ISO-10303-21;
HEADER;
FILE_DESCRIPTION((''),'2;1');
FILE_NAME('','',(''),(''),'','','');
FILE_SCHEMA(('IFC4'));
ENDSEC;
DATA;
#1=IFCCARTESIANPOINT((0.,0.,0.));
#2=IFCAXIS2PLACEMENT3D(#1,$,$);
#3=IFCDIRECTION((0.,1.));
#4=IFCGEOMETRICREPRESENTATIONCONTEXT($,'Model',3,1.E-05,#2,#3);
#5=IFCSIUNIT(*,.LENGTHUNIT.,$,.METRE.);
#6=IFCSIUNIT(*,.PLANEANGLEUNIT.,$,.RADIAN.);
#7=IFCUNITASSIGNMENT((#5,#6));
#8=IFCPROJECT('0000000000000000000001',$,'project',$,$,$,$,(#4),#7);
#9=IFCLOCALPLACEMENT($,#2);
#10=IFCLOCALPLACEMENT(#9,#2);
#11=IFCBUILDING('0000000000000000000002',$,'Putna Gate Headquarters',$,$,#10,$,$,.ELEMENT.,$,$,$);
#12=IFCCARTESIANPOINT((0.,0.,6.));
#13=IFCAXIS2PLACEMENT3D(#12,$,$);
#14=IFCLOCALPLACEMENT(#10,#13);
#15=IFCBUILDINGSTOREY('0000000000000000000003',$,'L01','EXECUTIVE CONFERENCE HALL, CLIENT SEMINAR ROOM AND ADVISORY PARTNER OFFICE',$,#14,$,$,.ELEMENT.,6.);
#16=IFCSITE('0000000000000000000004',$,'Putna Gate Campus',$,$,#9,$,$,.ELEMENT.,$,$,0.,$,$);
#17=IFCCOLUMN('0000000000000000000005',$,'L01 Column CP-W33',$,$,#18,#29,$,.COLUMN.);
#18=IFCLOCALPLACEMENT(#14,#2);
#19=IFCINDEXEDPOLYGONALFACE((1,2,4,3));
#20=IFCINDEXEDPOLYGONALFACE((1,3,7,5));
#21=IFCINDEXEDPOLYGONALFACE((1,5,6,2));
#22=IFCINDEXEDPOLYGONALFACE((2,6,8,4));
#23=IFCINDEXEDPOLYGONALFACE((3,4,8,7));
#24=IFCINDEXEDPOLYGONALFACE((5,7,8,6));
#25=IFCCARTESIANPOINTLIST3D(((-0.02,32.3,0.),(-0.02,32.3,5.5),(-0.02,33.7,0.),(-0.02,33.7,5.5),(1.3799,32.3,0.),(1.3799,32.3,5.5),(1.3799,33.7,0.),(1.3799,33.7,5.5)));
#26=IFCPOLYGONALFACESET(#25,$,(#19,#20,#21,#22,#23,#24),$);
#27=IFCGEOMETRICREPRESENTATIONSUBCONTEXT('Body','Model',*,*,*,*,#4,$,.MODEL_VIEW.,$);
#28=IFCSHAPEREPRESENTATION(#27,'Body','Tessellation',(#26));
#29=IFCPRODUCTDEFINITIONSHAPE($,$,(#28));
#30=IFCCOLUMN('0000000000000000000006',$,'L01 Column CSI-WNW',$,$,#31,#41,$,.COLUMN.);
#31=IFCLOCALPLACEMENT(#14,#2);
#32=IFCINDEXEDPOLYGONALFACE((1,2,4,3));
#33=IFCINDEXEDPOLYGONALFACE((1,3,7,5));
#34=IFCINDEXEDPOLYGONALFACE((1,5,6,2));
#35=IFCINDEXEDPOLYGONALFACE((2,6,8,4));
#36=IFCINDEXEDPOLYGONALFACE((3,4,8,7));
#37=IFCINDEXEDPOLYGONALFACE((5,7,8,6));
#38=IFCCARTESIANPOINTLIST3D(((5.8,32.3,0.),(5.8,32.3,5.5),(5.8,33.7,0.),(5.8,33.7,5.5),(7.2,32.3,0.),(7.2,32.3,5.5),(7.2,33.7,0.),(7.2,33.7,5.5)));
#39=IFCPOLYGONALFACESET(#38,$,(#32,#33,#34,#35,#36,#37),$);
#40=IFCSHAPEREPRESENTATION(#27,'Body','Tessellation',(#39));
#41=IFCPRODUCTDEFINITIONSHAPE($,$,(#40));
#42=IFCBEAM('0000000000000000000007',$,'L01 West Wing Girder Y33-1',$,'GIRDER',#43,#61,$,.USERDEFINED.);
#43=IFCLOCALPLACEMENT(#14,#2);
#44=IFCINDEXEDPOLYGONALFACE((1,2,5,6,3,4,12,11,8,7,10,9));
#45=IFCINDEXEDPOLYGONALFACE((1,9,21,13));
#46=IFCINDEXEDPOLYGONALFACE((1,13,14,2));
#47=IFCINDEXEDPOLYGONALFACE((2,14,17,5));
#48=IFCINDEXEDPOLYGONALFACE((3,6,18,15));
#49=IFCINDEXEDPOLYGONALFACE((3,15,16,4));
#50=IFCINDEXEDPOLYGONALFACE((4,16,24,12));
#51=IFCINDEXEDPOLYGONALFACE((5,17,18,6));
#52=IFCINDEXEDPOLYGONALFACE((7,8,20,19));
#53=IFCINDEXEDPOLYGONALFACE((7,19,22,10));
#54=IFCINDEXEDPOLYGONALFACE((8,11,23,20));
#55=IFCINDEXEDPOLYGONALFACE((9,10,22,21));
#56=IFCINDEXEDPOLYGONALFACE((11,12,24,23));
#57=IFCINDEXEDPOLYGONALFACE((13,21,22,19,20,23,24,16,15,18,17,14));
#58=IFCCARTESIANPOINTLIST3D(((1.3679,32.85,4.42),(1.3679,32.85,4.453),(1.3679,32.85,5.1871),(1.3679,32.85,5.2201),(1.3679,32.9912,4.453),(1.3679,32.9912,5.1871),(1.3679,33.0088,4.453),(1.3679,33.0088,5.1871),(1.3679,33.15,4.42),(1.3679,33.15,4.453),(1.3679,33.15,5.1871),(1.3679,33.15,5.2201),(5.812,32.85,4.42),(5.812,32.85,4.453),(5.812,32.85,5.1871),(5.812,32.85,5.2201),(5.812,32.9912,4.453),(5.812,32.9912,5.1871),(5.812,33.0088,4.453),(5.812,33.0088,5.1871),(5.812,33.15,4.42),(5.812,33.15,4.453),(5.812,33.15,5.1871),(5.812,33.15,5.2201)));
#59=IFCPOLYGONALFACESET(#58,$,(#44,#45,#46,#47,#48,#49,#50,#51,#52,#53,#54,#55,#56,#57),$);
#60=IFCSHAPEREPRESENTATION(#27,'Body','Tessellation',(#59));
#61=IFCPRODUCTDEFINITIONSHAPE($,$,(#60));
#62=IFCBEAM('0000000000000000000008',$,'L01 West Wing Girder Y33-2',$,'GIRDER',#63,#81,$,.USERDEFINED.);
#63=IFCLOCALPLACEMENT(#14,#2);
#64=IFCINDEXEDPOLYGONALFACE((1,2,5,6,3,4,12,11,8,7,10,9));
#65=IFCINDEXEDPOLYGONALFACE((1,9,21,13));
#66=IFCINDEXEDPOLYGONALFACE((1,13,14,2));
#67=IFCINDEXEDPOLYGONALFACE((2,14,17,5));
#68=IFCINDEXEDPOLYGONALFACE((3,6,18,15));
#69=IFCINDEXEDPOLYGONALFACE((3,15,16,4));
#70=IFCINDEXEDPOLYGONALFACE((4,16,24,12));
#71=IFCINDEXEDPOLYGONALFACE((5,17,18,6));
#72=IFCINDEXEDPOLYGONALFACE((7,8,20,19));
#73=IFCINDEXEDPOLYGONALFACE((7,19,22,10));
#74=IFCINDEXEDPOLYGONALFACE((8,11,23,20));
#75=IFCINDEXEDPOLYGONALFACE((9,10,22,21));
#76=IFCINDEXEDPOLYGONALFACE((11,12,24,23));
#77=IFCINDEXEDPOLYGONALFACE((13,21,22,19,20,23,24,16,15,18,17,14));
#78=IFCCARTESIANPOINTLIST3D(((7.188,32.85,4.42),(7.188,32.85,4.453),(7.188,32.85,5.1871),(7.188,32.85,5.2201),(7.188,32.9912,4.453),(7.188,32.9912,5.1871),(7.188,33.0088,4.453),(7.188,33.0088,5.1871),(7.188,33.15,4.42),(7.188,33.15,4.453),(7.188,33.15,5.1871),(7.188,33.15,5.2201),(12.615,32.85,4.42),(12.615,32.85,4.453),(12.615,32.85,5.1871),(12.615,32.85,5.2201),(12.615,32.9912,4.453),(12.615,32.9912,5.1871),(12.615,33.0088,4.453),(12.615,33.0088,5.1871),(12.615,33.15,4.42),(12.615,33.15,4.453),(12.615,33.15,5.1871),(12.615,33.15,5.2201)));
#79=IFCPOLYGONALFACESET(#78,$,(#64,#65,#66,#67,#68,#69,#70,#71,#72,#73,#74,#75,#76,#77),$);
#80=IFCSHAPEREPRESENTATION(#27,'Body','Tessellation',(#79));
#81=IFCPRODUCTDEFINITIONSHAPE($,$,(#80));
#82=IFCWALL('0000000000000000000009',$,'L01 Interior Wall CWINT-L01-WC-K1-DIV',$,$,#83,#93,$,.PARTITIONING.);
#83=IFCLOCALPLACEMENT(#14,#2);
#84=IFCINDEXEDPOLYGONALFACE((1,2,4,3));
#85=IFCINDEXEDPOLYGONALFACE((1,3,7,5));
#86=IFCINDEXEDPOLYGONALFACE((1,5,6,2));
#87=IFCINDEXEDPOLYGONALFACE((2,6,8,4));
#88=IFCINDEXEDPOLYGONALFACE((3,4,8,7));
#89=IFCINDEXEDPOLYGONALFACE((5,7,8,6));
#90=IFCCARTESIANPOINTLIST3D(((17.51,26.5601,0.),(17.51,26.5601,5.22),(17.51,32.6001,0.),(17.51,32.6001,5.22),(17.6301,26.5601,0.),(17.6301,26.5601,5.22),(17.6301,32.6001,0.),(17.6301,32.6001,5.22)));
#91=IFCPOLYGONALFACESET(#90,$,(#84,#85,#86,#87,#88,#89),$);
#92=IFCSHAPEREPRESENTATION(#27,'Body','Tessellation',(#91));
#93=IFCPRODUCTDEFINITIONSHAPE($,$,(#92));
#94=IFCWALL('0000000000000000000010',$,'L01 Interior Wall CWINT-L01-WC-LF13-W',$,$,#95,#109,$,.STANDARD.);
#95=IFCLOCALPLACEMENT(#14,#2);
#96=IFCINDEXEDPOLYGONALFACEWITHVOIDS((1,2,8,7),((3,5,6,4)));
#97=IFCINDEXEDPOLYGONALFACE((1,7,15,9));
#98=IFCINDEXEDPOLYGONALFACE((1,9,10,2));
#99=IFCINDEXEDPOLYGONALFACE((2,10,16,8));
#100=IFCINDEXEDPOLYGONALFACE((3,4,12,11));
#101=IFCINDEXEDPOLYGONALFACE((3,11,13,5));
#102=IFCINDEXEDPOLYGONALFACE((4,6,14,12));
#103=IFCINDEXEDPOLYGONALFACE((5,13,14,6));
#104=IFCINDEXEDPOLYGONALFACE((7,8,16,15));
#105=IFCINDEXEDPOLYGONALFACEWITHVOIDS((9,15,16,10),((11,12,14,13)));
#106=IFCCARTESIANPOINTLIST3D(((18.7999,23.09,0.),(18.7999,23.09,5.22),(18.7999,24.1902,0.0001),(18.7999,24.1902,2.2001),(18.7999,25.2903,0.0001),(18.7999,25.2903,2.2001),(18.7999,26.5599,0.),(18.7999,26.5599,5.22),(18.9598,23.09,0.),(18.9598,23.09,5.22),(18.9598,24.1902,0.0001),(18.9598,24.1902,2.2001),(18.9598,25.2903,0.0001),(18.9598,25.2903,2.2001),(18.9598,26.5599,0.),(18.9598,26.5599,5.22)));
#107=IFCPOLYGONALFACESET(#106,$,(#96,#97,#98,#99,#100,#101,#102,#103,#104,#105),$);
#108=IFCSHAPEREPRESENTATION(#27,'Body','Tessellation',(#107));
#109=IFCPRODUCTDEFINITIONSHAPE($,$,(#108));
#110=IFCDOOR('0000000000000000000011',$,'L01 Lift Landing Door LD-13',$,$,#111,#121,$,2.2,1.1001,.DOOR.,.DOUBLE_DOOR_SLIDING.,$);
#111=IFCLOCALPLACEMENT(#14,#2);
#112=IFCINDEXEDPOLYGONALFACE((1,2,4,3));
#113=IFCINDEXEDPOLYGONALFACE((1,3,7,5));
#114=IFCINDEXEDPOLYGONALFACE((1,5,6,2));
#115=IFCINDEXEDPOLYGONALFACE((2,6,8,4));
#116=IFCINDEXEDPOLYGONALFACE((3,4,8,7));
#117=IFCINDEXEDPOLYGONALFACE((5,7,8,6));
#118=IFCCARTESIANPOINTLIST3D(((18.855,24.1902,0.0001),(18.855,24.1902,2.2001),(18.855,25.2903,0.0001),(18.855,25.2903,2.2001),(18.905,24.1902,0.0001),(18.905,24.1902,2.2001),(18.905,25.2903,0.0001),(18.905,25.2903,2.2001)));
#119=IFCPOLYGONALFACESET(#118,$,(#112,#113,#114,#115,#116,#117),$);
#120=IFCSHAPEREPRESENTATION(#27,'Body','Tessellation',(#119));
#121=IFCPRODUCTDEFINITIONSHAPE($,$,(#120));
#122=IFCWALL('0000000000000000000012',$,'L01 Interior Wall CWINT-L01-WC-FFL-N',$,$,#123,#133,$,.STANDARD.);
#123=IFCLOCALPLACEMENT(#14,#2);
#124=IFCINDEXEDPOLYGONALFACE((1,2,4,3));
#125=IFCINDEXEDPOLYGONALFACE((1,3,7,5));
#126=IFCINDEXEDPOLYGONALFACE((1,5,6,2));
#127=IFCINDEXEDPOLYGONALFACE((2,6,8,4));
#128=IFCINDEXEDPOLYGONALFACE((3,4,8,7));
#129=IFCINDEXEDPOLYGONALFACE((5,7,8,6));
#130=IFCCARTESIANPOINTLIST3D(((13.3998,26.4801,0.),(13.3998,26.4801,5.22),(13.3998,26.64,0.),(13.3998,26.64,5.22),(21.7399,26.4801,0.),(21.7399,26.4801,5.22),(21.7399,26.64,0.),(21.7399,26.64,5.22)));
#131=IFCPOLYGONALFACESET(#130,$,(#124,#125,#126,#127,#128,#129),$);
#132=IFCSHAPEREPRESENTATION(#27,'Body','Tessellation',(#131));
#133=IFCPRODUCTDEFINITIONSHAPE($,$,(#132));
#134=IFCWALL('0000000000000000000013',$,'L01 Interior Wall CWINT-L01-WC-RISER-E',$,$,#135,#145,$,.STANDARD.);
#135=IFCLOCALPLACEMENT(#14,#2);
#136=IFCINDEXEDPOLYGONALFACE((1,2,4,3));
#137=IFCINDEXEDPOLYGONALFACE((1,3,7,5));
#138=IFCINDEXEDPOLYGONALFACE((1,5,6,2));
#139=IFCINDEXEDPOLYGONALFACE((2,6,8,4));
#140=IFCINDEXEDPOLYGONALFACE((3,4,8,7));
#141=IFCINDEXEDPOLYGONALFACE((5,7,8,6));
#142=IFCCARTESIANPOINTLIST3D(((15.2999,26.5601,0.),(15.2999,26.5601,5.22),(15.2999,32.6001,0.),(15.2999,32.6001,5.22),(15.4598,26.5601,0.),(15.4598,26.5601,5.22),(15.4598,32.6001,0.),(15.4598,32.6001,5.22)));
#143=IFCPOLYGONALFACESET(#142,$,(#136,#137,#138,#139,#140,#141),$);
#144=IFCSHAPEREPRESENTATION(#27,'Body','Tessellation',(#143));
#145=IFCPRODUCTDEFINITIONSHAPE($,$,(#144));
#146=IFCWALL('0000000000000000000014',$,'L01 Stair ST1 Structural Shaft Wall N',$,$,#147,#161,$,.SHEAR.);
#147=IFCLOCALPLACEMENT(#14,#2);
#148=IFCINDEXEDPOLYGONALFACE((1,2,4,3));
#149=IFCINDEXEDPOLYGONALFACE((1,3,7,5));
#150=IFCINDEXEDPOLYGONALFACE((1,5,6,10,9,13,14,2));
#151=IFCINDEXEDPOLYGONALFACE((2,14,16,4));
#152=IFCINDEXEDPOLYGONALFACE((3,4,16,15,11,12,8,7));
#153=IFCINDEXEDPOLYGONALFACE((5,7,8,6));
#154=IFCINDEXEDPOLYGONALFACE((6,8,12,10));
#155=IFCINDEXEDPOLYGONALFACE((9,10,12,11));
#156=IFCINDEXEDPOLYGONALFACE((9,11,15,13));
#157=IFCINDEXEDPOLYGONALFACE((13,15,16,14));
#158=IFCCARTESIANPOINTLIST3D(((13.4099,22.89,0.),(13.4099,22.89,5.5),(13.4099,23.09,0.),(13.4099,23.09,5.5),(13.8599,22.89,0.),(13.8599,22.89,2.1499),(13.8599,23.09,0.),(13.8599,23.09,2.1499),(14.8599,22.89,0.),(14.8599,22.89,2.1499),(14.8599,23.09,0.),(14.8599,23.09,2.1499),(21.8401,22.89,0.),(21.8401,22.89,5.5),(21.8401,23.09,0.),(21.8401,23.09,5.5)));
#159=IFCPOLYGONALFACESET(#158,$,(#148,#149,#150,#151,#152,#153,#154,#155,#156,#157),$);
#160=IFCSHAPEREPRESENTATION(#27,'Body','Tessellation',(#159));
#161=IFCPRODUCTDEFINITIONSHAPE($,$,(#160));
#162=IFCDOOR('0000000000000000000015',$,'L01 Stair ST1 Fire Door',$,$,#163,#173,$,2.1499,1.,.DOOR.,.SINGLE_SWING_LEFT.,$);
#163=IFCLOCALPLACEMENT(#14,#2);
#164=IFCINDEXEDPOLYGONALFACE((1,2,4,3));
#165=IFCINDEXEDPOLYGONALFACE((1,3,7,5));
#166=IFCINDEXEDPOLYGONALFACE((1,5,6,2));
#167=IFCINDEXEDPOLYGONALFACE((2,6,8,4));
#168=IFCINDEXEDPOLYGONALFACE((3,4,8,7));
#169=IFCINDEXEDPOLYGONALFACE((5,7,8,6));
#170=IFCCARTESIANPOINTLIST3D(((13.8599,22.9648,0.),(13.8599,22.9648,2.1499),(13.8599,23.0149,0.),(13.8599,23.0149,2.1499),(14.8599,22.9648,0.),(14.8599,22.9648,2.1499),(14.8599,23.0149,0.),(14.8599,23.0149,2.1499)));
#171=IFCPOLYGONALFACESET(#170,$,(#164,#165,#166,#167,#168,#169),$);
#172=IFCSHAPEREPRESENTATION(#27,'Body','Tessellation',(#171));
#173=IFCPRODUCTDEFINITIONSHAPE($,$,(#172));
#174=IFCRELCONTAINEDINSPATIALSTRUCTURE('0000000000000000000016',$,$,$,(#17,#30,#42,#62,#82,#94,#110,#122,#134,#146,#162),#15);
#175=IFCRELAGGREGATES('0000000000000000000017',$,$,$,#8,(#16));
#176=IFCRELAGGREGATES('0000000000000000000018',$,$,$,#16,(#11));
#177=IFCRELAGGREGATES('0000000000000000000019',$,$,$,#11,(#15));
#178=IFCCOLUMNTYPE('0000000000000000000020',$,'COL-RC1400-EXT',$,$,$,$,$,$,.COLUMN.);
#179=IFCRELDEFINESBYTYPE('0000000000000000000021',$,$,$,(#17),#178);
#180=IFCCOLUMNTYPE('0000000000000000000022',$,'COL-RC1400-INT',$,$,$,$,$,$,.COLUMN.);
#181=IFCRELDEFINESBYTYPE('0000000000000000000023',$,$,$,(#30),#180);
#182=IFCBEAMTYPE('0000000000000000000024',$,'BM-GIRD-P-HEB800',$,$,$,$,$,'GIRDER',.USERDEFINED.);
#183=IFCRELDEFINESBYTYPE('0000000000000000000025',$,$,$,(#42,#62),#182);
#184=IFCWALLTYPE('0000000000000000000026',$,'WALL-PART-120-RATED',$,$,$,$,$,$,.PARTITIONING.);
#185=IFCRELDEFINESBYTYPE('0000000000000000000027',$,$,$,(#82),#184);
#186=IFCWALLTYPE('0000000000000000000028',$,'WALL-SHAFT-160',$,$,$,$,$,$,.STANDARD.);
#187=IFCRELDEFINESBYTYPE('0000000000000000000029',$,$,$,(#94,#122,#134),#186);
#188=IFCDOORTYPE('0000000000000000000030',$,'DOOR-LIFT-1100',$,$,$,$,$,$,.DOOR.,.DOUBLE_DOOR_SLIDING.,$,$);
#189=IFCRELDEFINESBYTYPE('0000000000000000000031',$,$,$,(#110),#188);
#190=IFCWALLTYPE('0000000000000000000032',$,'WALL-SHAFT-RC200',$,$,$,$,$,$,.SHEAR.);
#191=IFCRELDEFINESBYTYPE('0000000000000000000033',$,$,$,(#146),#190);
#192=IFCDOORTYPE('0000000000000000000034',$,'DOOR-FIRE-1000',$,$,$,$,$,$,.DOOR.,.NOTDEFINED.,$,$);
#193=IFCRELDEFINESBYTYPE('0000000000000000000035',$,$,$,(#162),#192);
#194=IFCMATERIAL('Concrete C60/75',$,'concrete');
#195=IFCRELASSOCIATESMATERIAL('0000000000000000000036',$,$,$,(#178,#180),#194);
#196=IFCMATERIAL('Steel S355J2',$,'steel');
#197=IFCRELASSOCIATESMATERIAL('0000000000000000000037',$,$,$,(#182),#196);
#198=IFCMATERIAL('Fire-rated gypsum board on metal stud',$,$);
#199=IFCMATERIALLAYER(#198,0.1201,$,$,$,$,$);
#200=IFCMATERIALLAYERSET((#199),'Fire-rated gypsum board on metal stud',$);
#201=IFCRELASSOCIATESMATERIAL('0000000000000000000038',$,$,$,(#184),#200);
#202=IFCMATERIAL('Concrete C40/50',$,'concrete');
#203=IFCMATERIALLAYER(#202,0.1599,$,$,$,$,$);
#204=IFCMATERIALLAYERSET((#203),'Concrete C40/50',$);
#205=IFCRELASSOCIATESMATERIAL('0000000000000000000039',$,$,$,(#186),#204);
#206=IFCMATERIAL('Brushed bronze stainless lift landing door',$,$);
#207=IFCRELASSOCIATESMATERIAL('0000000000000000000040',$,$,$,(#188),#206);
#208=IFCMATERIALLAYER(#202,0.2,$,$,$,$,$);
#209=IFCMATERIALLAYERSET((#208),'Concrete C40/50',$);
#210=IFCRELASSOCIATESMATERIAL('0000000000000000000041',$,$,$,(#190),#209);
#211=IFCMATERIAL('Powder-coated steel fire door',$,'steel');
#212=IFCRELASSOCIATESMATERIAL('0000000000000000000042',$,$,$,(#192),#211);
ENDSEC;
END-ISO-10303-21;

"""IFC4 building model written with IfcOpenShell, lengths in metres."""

from ifc_helpers import new_model, si_unit, direction, frame, frame_2d, origin, origin_2d, place, context, subcontext, project, spatial, rectangle, i_section, extrude, material, layer, layer_set, material_profile, profile_set, type_object, element, fill, save


model = new_model("IFC4")

# Units and contexts
model_context = context("Model", 3, precision=1e-05, world=origin(), true_north=direction((0.0, 1.0)))
body_context = subcontext(model_context, "Body", "Model", "MODEL_VIEW")
ifc_project = project(units=[si_unit("LENGTHUNIT", "METRE"), si_unit("PLANEANGLEUNIT", "RADIAN")], contexts=[model_context])

# Site, building, storey
site_placement = place(None, origin())
site = spatial("IfcSite", under=ifc_project, at=site_placement, Name="Putna Gate Campus", CompositionType="ELEMENT", RefElevation=0.0)
building_placement = place(site_placement, origin())
building = spatial("IfcBuilding", under=site, at=building_placement, Name="Putna Gate Headquarters", CompositionType="ELEMENT")
storey_placement = place(building_placement, frame((0.0, 0.0, 6.0)))
storey = spatial("IfcBuildingStorey", under=building, at=storey_placement, Name="L01", Description="EXECUTIVE CONFERENCE HALL, CLIENT SEMINAR ROOM AND ADVISORY PARTNER OFFICE", CompositionType="ELEMENT", Elevation=6.0)

# Columns
ifc_material_1 = material(Name="Concrete C60/75", Category="concrete")
ifc_material_profile_1 = material_profile(ifc_material_1, rectangle(XDim=1.3999, YDim=1.3999, at=origin_2d()), Name="Concrete C60/75")
ifc_profile_set_1 = profile_set([ifc_material_profile_1], Name="Concrete C60/75")
column_type_1 = type_object("IfcColumnType", Name="COL-RC1400-EXT", PredefinedType="COLUMN", material=ifc_profile_set_1)
column_1_placement = place(storey_placement, frame((0.6799, 33.0, 0.0), z_axis=(0.0, 0.0, 1.0), x_axis=(1.0, 0.0, 0.0)))
element("IfcColumn", 1, at=column_1_placement, inside=storey, type_object=column_type_1, Name="L01 Column CP-W33", PredefinedType="COLUMN", context=body_context, shape_type="SweptSolid", body=[
    extrude(rectangle(XDim=1.3999, YDim=1.3999, at=origin_2d()), origin(), (0.0, 0.0, 1.0), 5.5),
])
ifc_material_profile_2 = material_profile(ifc_material_1, rectangle(XDim=1.3999, YDim=1.3999, at=origin_2d()), Name="Concrete C60/75")
ifc_profile_set_2 = profile_set([ifc_material_profile_2], Name="Concrete C60/75")
column_type_2 = type_object("IfcColumnType", Name="COL-RC1400-INT", PredefinedType="COLUMN", material=ifc_profile_set_2)
column_2_placement = place(storey_placement, frame((6.5, 33.0, 0.0), z_axis=(0.0, 0.0, 1.0), x_axis=(1.0, 0.0, 0.0)))
element("IfcColumn", 2, at=column_2_placement, inside=storey, type_object=column_type_2, Name="L01 Column CSI-WNW", PredefinedType="COLUMN", context=body_context, shape_type="SweptSolid", body=[
    extrude(rectangle(XDim=1.3999, YDim=1.3999, at=origin_2d()), origin(), (0.0, 0.0, 1.0), 5.5),
])

# Beams
ifc_material_2 = material(Name="Steel S355J2", Category="steel")
ifc_material_profile_3 = material_profile(ifc_material_2, i_section(OverallWidth=0.3, OverallDepth=0.8, WebThickness=0.0176, FlangeThickness=0.033, at=origin_2d()), Name="Steel S355J2")
ifc_profile_set_3 = profile_set([ifc_material_profile_3], Name="Steel S355J2")
beam_type = type_object("IfcBeamType", Name="BM-GIRD-P-HEB800", ElementType="GIRDER", PredefinedType="USERDEFINED", material=ifc_profile_set_3)
beam_1_placement = place(storey_placement, frame((1.3679, 33.0, 4.8201), z_axis=(1.0, 0.0, 0.0), x_axis=(0.0, 1.0, 0.0)))
element("IfcBeam", 3, at=beam_1_placement, inside=storey, type_object=beam_type, Name="L01 West Wing Girder Y33-1", ObjectType="GIRDER", PredefinedType="USERDEFINED", context=body_context, shape_type="SweptSolid", body=[
    extrude(i_section(OverallWidth=0.3, OverallDepth=0.8, WebThickness=0.0176, FlangeThickness=0.033, at=origin_2d()), origin(), (0.0, 0.0, 1.0), 4.4441),
])
beam_2_placement = place(storey_placement, frame((7.188, 33.0, 4.8201), z_axis=(1.0, 0.0, 0.0), x_axis=(0.0, 1.0, 0.0)))
element("IfcBeam", 4, at=beam_2_placement, inside=storey, type_object=beam_type, Name="L01 West Wing Girder Y33-2", ObjectType="GIRDER", PredefinedType="USERDEFINED", context=body_context, shape_type="SweptSolid", body=[
    extrude(i_section(OverallWidth=0.3, OverallDepth=0.8, WebThickness=0.0176, FlangeThickness=0.033, at=origin_2d()), origin(), (0.0, 0.0, 1.0), 5.427),
])

# Wall
ifc_material_3 = material(Name="Fire-rated gypsum board on metal stud")
ifc_layer_1 = layer(ifc_material_3, 0.1201)
ifc_layer_set_1 = layer_set([ifc_layer_1], Name="Fire-rated gypsum board on metal stud")
wall_type_1 = type_object("IfcWallType", Name="WALL-PART-120-RATED", PredefinedType="PARTITIONING", material=ifc_layer_set_1)
wall_1_placement = place(storey_placement, frame((17.5701, 26.5601, 0.0), z_axis=(0.0, 0.0, 1.0), x_axis=(0.0, 1.0, 0.0)))
element("IfcWall", 5, at=wall_1_placement, inside=storey, type_object=wall_type_1, Name="L01 Interior Wall CWINT-L01-WC-K1-DIV", PredefinedType="PARTITIONING", context=body_context, shape_type="SweptSolid", body=[
    extrude(rectangle(XDim=6.04, YDim=0.1201, at=frame_2d((3.02, 0.0))), origin(), (0.0, 0.0, 1.0), 5.22),
])

# Wall, opening, door
ifc_material_4 = material(Name="Concrete C40/50", Category="concrete")
ifc_layer_2 = layer(ifc_material_4, 0.1599)
ifc_layer_set_2 = layer_set([ifc_layer_2], Name="Concrete C40/50")
wall_type_2 = type_object("IfcWallType", Name="WALL-SHAFT-160", PredefinedType="STANDARD", material=ifc_layer_set_2)
wall_2_placement = place(storey_placement, frame((18.8799, 23.0901, 0.0), z_axis=(0.0, 0.0, 1.0), x_axis=(0.0, 1.0, 0.0)))
wall_2 = element("IfcWall", 6, at=wall_2_placement, inside=storey, type_object=wall_type_2, Name="L01 Interior Wall CWINT-L01-WC-LF13-W", PredefinedType="STANDARD", context=body_context, shape_type="SweptSolid", body=[
    extrude(rectangle(XDim=3.47, YDim=0.1599, at=frame_2d((1.7349, 0.0))), origin(), (0.0, 0.0, 1.0), 5.22),
])
opening_1_placement = place(wall_2_placement, frame((1.1001, 0.0, 0.0)))
opening_1 = element("IfcOpeningElement", 7, at=opening_1_placement, cuts=wall_2, PredefinedType="OPENING", context=body_context, shape_type="SweptSolid", body=[
    extrude(rectangle(XDim=1.1001, YDim=2.2, at=frame_2d((0.55, 1.1001))), frame((0.0, 0.0898, 0.0), z_axis=(0.0, -1.0, 0.0), x_axis=(1.0, 0.0, 0.0)), (0.0, 0.0, 1.0), 0.1799),
])
ifc_material_5 = material(Name="Brushed bronze stainless lift landing door")
door_type_1 = type_object("IfcDoorType", Name="DOOR-LIFT-1100", OperationType="DOUBLE_DOOR_SLIDING", PredefinedType="DOOR", material=ifc_material_5)
door_1_placement = place(opening_1_placement, origin())
door_1 = element("IfcDoor", 8, at=door_1_placement, inside=storey, type_object=door_type_1, Name="L01 Lift Landing Door LD-13", OperationType="DOUBLE_DOOR_SLIDING", OverallHeight=2.2, OverallWidth=1.1001, PredefinedType="DOOR", context=body_context, shape_type="SweptSolid", body=[
    extrude(rectangle(XDim=1.1001, YDim=2.2, at=frame_2d((0.55, 1.1001))), frame((0.0, 0.0249, 0.0), z_axis=(0.0, -1.0, 0.0), x_axis=(1.0, 0.0, 0.0)), (0.0, 0.0, 1.0), 0.05),
])
fill(opening_1, door_1)

# Walls
wall_3_placement = place(storey_placement, frame((13.3999, 26.5601, 0.0), z_axis=(0.0, 0.0, 1.0), x_axis=(1.0, 0.0, 0.0)))
element("IfcWall", 9, at=wall_3_placement, inside=storey, type_object=wall_type_2, Name="L01 Interior Wall CWINT-L01-WC-FFL-N", PredefinedType="STANDARD", context=body_context, shape_type="SweptSolid", body=[
    extrude(rectangle(XDim=8.3401, YDim=0.1599, at=frame_2d((4.1699, 0.0))), origin(), (0.0, 0.0, 1.0), 5.22),
])
wall_4_placement = place(storey_placement, frame((15.3799, 26.5601, 0.0), z_axis=(0.0, 0.0, 1.0), x_axis=(0.0, 1.0, 0.0)))
element("IfcWall", 10, at=wall_4_placement, inside=storey, type_object=wall_type_2, Name="L01 Interior Wall CWINT-L01-WC-RISER-E", PredefinedType="STANDARD", context=body_context, shape_type="SweptSolid", body=[
    extrude(rectangle(XDim=6.04, YDim=0.1599, at=frame_2d((3.02, 0.0))), origin(), (0.0, 0.0, 1.0), 5.22),
])

# Wall, opening, door
ifc_layer_3 = layer(ifc_material_4, 0.2)
ifc_layer_set_3 = layer_set([ifc_layer_3], Name="Concrete C40/50")
wall_type_3 = type_object("IfcWallType", Name="WALL-SHAFT-RC200", PredefinedType="SHEAR", material=ifc_layer_set_3)
wall_5_placement = place(storey_placement, frame((13.4099, 22.99, 0.0), z_axis=(0.0, 0.0, 1.0), x_axis=(1.0, 0.0, 0.0)))
wall_5 = element("IfcWall", 11, at=wall_5_placement, inside=storey, type_object=wall_type_3, Name="L01 Stair ST1 Structural Shaft Wall N", PredefinedType="SHEAR", context=body_context, shape_type="SweptSolid", body=[
    extrude(rectangle(XDim=8.4302, YDim=0.2, at=frame_2d((4.2151, 0.0))), origin(), (0.0, 0.0, 1.0), 5.5),
])
opening_2_placement = place(wall_5_placement, frame((0.45, 0.0, 0.0)))
opening_2 = element("IfcOpeningElement", 12, at=opening_2_placement, cuts=wall_5, PredefinedType="OPENING", context=body_context, shape_type="SweptSolid", body=[
    extrude(rectangle(XDim=1.0, YDim=2.1499, at=frame_2d((0.5, 1.075))), frame((0.0, 0.1099, 0.0), z_axis=(0.0, -1.0, 0.0), x_axis=(1.0, 0.0, 0.0)), (0.0, 0.0, 1.0), 0.22),
])
ifc_material_6 = material(Name="Powder-coated steel fire door", Category="steel")
door_type_2 = type_object("IfcDoorType", Name="DOOR-FIRE-1000", OperationType="NOTDEFINED", PredefinedType="DOOR", material=ifc_material_6)
door_2_placement = place(opening_2_placement, origin())
door_2 = element("IfcDoor", 13, at=door_2_placement, inside=storey, type_object=door_type_2, Name="L01 Stair ST1 Fire Door", OperationType="SINGLE_SWING_LEFT", OverallHeight=2.1499, OverallWidth=1.0, PredefinedType="DOOR", context=body_context, shape_type="SweptSolid", body=[
    extrude(rectangle(XDim=1.0, YDim=2.1499, at=frame_2d((0.5, 1.075))), frame((0.0, 0.0249, 0.0), z_axis=(0.0, -1.0, 0.0), x_axis=(1.0, 0.0, 0.0)), (0.0, 0.0, 1.0), 0.05),
])
fill(opening_2, door_2)

save(model, "model.ifc")
